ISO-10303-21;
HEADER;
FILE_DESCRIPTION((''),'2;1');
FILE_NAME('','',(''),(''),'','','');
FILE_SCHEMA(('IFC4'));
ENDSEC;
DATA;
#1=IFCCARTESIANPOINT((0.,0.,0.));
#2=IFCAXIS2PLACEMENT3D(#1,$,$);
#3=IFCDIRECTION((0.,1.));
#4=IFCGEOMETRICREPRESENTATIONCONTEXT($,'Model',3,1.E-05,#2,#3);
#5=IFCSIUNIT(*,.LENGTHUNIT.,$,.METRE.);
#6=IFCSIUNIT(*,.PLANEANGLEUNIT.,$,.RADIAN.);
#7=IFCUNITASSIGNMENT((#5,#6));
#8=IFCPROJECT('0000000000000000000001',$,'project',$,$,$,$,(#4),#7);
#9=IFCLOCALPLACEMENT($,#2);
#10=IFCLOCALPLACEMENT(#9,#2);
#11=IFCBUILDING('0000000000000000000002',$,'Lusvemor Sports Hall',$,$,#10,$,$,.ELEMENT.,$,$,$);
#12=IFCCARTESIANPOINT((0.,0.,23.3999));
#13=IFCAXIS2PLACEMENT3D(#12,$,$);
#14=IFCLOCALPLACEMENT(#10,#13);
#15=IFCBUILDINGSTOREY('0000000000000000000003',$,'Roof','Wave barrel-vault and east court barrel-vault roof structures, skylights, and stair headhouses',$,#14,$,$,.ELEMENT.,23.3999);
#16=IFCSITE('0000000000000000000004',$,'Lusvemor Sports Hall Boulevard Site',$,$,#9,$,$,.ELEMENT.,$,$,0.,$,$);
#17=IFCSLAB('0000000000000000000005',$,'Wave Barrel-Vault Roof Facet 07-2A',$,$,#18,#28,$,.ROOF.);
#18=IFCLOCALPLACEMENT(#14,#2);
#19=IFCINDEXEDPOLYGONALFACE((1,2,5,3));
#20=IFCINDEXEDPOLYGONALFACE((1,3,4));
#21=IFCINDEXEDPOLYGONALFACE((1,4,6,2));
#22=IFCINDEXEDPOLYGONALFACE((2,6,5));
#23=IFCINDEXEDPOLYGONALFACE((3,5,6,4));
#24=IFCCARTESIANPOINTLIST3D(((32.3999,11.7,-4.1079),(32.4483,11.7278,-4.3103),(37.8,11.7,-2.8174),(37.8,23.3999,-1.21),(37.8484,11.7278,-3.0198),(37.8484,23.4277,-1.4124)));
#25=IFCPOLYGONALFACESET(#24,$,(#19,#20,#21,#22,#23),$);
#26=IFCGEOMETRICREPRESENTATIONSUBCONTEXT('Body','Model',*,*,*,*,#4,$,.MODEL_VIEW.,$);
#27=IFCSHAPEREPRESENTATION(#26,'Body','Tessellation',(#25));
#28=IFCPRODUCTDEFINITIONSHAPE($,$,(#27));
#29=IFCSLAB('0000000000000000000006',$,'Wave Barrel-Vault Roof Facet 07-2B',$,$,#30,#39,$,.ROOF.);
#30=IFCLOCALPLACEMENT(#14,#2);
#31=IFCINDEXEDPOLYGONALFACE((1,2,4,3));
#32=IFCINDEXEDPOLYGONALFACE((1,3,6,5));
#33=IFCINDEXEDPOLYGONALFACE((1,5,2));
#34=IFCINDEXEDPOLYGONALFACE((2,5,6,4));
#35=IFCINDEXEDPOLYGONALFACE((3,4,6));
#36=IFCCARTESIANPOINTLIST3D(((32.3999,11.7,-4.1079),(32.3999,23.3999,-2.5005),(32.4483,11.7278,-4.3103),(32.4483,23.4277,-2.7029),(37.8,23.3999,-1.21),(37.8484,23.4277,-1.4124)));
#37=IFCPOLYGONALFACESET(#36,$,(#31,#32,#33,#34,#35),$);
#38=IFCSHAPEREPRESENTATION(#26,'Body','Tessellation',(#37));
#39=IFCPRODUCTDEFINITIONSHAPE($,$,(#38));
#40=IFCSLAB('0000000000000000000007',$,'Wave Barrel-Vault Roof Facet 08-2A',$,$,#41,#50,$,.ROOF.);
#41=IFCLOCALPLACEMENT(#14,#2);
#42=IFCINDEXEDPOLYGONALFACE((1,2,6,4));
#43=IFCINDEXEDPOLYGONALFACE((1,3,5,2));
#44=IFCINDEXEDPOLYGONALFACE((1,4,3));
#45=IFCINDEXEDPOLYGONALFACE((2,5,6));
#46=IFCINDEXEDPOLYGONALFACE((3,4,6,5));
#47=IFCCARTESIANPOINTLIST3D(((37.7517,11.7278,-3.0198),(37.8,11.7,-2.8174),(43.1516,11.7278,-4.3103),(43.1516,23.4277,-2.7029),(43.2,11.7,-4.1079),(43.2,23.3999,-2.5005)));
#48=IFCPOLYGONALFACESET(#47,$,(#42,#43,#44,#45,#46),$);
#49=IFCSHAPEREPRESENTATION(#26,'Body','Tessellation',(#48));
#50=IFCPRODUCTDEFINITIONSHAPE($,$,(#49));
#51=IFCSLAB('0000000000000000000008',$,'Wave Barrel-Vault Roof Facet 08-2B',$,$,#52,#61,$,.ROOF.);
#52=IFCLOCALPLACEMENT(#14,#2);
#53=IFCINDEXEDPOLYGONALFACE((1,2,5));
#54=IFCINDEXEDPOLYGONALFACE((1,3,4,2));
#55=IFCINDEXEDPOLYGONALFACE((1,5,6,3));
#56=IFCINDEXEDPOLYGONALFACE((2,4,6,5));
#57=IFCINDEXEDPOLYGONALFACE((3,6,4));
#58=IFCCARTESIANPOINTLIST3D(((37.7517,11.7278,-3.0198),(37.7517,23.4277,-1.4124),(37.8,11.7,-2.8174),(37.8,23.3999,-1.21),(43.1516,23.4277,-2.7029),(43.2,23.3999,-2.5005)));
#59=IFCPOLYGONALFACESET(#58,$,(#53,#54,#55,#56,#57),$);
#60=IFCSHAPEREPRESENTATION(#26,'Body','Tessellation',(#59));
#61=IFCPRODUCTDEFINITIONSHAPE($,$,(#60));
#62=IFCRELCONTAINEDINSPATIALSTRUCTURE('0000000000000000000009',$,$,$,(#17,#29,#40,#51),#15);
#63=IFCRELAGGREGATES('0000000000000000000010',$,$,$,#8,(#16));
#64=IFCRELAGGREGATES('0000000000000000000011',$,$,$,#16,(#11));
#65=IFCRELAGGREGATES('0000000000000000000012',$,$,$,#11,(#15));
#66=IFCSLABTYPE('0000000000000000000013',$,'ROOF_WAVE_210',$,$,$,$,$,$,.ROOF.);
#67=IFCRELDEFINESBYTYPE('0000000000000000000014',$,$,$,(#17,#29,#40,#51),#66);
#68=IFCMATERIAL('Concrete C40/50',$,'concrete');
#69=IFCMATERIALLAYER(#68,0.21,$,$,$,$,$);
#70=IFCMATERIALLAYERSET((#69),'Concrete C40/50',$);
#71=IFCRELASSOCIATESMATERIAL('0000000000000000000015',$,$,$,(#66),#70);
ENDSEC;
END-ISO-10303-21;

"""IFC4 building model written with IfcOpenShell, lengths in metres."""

from ifc_helpers import new_model, si_unit, direction, frame, origin, place, context, subcontext, project, spatial, polyline, outline, extrude, material, layer, layer_set, type_object, element, save


model = new_model("IFC4")

# Units and contexts
model_context = context("Model", 3, precision=1e-05, world=origin(), true_north=direction((0.0, 1.0)))
body_context = subcontext(model_context, "Body", "Model", "MODEL_VIEW")
ifc_project = project(units=[si_unit("LENGTHUNIT", "METRE"), si_unit("PLANEANGLEUNIT", "RADIAN")], contexts=[model_context])

# Site, building, storey
site_placement = place(None, origin())
site = spatial("IfcSite", under=ifc_project, at=site_placement, Name="Lusvemor Sports Hall Boulevard Site", CompositionType="ELEMENT", RefElevation=0.0)
building_placement = place(site_placement, origin())
building = spatial("IfcBuilding", under=site, at=building_placement, Name="Lusvemor Sports Hall", CompositionType="ELEMENT")
storey_placement = place(building_placement, frame((0.0, 0.0, 23.3999)))
storey = spatial("IfcBuildingStorey", under=building, at=storey_placement, Name="Roof", Description="Wave barrel-vault and east court barrel-vault roof structures, skylights, and stair headhouses", CompositionType="ELEMENT", Elevation=23.3999)

# Slabs
ifc_material_1 = material(Name="Concrete C40/50", Category="concrete")
ifc_layer_1 = layer(ifc_material_1, 0.21)
ifc_layer_set_1 = layer_set([ifc_layer_1], Name="Concrete C40/50")
slab_type = type_object("IfcSlabType", Name="ROOF_WAVE_210", PredefinedType="ROOF", material=ifc_layer_set_1)
slab_1_placement = place(storey_placement, frame((32.3999, 11.7, -4.1079), z_axis=(-0.230387, -0.132447, 0.964043), x_axis=(0.972612, 0.0, 0.232435)))
element("IfcSlab", 1, at=slab_1_placement, inside=storey, type_object=slab_type, Name="Wave Barrel-Vault Roof Facet 07-2A", PredefinedType="ROOF", context=body_context, shape_type="SweptSolid", body=[
    extrude(outline(polyline([(0.0, 0.0), (5.5522, 0.0), (5.9258, 11.8039), (0.0, 0.0)])), origin(), (0.0, 0.0, -1.0), 0.21),
])
slab_2_placement = place(storey_placement, frame((32.3999, 11.7, -4.1079), z_axis=(-0.230387, -0.132447, 0.964043), x_axis=(0.408857, 0.88583, 0.21941)))
element("IfcSlab", 2, at=slab_2_placement, inside=storey, type_object=slab_type, Name="Wave Barrel-Vault Roof Facet 07-2B", PredefinedType="ROOF", context=body_context, shape_type="SweptSolid", body=[
    extrude(outline(polyline([(0.0, 0.0), (13.2079, 0.0), (10.7169, 4.962), (0.0, 0.0)])), origin(), (0.0, 0.0, -1.0), 0.21),
])
slab_3_placement = place(storey_placement, frame((37.8, 11.7, -2.8174), z_axis=(0.230397, -0.132447, 0.964041), x_axis=(0.97261, 0.0, -0.232445)))
element("IfcSlab", 3, at=slab_3_placement, inside=storey, type_object=slab_type, Name="Wave Barrel-Vault Roof Facet 08-2A", PredefinedType="ROOF", context=body_context, shape_type="SweptSolid", body=[
    extrude(outline(polyline([(0.0, 0.0), (5.552, 0.0), (5.1783, 11.8039), (0.0, 0.0)])), origin(), (0.0, 0.0, -1.0), 0.21),
])
slab_4_placement = place(storey_placement, frame((37.8, 11.7, -2.8174), z_axis=(0.230397, -0.132447, 0.964041), x_axis=(0.418927, 0.907687, 0.024585)))
element("IfcSlab", 4, at=slab_4_placement, inside=storey, type_object=slab_type, Name="Wave Barrel-Vault Roof Facet 08-2B", PredefinedType="ROOF", context=body_context, shape_type="SweptSolid", body=[
    extrude(outline(polyline([(0.0, 0.0), (12.8898, 0.0), (10.6594, 5.0842), (0.0, 0.0)])), origin(), (0.0, 0.0, -1.0), 0.21),
])

save(model, "model.ifc")
